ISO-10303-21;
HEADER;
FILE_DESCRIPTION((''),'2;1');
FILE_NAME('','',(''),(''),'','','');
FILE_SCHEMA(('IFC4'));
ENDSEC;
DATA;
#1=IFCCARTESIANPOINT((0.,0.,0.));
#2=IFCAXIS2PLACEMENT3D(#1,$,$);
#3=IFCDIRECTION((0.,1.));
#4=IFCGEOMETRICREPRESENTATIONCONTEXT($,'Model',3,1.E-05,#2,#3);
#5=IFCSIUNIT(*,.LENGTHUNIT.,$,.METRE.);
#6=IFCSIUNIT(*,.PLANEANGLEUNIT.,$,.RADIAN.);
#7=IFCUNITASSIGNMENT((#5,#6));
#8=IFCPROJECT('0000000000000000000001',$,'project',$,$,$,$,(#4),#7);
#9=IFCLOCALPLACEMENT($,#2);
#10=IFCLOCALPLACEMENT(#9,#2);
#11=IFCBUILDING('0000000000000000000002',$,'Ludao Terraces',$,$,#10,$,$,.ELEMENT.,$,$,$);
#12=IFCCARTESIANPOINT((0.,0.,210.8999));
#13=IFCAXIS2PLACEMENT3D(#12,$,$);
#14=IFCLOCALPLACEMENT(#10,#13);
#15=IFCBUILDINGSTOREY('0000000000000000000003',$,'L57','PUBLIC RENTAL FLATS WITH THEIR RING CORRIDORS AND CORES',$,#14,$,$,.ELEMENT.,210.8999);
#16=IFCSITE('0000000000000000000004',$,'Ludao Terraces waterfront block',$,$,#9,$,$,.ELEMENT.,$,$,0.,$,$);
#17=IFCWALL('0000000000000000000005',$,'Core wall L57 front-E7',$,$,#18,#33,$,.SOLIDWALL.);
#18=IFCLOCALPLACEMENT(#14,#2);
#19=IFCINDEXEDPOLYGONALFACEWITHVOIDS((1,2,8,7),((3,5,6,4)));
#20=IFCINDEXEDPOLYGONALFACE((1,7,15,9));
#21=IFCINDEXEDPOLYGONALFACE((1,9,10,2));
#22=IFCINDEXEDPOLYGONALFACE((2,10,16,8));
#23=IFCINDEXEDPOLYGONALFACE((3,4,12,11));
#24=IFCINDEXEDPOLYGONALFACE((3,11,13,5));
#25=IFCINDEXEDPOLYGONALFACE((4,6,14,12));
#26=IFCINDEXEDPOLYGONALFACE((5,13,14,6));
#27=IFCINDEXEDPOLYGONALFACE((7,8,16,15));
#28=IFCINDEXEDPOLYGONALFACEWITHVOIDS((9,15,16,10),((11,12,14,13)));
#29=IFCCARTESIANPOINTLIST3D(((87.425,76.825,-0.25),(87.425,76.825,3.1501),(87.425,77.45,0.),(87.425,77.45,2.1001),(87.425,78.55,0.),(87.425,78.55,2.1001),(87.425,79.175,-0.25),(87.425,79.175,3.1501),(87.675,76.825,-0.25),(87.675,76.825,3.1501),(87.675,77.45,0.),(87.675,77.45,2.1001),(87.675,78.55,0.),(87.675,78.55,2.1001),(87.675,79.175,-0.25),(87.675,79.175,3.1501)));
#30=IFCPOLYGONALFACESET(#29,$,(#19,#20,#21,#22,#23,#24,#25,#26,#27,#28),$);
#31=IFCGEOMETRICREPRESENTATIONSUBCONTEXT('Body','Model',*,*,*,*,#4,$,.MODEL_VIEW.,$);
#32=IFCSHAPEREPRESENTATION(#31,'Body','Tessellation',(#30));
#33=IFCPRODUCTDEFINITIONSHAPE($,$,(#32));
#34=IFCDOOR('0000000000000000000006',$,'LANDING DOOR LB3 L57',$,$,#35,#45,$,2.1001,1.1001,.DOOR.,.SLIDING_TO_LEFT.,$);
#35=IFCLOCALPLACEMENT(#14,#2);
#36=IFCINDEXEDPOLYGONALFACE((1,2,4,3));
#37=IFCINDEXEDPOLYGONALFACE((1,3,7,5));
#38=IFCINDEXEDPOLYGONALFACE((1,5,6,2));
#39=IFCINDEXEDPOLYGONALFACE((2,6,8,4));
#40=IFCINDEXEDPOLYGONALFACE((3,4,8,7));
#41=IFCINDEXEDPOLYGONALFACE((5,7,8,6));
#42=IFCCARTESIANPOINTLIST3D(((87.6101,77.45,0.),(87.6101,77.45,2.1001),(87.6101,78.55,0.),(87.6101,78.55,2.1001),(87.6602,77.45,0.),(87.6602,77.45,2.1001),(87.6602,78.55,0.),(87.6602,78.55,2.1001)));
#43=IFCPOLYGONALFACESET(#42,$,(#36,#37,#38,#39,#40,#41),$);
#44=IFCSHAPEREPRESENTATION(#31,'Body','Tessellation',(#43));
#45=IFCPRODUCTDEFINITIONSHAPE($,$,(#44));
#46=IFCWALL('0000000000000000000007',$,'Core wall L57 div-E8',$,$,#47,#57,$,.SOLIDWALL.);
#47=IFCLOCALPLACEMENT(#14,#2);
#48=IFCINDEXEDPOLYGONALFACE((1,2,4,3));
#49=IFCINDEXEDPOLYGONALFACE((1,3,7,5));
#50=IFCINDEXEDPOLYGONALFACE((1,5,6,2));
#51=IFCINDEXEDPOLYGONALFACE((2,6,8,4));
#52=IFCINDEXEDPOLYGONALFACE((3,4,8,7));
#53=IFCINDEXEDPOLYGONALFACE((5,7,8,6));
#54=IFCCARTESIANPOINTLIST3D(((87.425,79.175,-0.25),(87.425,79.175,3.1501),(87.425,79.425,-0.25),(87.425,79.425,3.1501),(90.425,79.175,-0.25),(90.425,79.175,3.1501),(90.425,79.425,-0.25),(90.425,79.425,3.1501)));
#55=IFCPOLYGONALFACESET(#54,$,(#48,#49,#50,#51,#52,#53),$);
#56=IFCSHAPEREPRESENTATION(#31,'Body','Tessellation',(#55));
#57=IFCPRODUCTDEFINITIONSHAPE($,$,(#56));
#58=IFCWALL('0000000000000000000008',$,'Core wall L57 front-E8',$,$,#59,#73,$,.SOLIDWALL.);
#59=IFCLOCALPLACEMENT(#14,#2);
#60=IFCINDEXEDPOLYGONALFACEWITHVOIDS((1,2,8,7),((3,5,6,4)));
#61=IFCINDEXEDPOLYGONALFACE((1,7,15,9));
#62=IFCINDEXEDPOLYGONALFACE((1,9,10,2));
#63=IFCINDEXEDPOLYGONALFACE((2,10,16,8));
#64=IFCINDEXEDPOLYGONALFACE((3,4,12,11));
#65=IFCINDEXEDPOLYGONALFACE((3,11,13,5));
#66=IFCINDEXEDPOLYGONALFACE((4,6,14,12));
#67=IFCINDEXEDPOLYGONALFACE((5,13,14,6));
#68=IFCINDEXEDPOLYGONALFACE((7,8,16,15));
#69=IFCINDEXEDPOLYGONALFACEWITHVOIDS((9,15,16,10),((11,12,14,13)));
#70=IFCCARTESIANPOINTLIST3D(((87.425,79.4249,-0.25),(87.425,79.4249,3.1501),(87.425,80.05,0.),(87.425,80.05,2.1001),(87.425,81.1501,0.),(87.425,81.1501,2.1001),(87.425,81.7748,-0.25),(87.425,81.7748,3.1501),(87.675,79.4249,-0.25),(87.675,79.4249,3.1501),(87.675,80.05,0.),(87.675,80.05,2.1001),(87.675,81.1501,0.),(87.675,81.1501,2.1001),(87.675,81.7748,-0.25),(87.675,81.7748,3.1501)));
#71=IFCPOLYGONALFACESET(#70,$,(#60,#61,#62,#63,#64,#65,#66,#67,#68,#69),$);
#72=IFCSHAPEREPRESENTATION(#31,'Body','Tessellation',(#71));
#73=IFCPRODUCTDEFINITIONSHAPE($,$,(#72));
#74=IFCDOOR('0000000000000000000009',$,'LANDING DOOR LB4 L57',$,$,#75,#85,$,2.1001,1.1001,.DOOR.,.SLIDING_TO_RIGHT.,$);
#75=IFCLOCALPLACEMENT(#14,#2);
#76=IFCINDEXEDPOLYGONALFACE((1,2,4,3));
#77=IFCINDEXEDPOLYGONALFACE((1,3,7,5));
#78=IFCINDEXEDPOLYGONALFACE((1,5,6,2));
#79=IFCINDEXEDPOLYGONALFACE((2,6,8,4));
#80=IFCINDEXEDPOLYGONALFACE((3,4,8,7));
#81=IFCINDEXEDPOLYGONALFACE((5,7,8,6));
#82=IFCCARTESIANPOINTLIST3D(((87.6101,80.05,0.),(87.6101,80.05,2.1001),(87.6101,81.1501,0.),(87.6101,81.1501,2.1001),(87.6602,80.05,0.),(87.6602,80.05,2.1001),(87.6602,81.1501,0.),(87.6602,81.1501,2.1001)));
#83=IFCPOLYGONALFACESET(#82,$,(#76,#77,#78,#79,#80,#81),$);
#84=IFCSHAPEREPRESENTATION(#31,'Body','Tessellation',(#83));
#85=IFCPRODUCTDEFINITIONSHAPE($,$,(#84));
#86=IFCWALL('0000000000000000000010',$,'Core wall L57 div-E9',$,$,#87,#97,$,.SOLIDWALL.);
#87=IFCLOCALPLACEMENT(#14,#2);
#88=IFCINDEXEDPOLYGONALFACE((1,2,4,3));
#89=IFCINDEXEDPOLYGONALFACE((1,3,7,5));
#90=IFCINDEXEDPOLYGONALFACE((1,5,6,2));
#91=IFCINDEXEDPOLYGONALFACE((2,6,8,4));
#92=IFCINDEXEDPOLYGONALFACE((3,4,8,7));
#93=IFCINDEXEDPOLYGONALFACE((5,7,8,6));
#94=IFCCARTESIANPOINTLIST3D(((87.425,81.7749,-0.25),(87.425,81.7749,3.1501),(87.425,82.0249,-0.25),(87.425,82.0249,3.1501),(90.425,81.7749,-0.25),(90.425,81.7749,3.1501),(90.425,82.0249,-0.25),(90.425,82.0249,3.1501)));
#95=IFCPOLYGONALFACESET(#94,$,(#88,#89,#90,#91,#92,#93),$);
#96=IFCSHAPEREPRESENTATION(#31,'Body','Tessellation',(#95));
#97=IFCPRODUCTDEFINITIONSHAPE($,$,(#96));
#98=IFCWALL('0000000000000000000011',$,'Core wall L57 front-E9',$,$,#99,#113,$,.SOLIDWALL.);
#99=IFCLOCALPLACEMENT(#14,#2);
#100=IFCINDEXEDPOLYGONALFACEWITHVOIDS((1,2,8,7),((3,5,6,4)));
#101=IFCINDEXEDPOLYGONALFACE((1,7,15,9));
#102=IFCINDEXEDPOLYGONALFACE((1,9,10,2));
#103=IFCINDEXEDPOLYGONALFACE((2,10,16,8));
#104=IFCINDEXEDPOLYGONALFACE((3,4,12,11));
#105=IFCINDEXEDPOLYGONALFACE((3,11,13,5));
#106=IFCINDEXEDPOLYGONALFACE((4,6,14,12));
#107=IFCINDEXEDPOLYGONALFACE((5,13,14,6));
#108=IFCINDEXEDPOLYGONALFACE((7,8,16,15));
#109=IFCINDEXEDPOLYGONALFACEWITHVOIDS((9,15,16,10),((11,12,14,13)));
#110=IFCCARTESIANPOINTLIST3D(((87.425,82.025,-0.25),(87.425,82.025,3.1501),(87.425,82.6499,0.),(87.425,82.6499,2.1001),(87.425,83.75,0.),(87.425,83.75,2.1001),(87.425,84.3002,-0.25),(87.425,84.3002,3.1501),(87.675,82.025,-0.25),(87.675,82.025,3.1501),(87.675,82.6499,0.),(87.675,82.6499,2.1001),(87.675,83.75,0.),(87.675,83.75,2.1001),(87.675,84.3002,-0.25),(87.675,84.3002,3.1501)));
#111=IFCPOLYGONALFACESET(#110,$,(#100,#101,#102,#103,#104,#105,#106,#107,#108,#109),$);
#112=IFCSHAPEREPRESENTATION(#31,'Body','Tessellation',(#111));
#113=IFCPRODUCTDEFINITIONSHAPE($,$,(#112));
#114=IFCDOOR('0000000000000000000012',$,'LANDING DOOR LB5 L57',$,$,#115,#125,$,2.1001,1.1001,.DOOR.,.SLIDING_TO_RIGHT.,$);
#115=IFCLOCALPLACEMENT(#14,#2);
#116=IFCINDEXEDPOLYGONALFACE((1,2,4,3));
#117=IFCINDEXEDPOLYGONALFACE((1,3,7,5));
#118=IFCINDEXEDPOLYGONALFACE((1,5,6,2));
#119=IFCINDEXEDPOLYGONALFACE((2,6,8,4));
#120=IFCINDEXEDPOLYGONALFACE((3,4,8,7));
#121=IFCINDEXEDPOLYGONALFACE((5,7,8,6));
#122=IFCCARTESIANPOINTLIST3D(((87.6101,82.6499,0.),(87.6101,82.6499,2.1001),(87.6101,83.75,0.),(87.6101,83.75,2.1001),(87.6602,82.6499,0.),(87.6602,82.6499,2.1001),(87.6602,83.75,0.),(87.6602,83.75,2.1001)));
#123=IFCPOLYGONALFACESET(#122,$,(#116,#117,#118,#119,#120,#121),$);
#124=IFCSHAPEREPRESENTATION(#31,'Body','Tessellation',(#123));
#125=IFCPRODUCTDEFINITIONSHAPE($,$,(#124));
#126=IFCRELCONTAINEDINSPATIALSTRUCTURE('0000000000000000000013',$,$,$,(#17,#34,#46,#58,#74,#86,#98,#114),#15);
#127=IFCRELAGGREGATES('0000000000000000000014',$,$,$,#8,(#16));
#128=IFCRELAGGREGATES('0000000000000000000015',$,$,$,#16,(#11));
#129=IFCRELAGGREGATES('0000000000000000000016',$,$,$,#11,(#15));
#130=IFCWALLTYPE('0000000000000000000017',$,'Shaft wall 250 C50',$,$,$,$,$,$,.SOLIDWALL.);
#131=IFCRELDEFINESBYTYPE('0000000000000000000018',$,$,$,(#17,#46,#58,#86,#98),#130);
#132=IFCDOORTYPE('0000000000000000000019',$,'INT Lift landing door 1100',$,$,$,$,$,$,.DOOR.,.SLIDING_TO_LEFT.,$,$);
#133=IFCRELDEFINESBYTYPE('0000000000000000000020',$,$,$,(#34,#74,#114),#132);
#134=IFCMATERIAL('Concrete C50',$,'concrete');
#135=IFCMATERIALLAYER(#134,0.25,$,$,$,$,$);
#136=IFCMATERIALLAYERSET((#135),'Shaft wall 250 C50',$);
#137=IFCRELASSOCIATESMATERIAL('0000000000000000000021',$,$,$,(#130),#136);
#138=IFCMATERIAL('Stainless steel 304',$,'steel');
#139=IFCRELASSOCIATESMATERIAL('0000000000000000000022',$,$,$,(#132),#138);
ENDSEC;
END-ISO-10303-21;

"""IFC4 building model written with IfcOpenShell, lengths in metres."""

from ifc_helpers import new_model, si_unit, direction, frame, frame_2d, origin, place, context, subcontext, project, spatial, rectangle, extrude, material, layer, layer_set, type_object, element, fill, save


model = new_model("IFC4")

# Units and contexts
model_context = context("Model", 3, precision=1e-05, world=origin(), true_north=direction((0.0, 1.0)))
body_context = subcontext(model_context, "Body", "Model", "MODEL_VIEW")
ifc_project = project(units=[si_unit("LENGTHUNIT", "METRE"), si_unit("PLANEANGLEUNIT", "RADIAN")], contexts=[model_context])

# Site, building, storey
site_placement = place(None, origin())
site = spatial("IfcSite", under=ifc_project, at=site_placement, Name="Ludao Terraces waterfront block", CompositionType="ELEMENT", RefElevation=0.0)
building_placement = place(site_placement, origin())
building = spatial("IfcBuilding", under=site, at=building_placement, Name="Ludao Terraces", CompositionType="ELEMENT")
storey_placement = place(building_placement, frame((0.0, 0.0, 210.8999)))
storey = spatial("IfcBuildingStorey", under=building, at=storey_placement, Name="L57", Description="PUBLIC RENTAL FLATS WITH THEIR RING CORRIDORS AND CORES", CompositionType="ELEMENT", Elevation=210.8999)

# Wall, opening, door
ifc_material_1 = material(Name="Concrete C50", Category="concrete")
ifc_layer_1 = layer(ifc_material_1, 0.25)
ifc_layer_set_1 = layer_set([ifc_layer_1], Name="Shaft wall 250 C50")
wall_type_1 = type_object("IfcWallType", Name="Shaft wall 250 C50", PredefinedType="SOLIDWALL", material=ifc_layer_set_1)
ifc_material_2 = material(Name="Stainless steel 304", Category="steel")
door_type_1 = type_object("IfcDoorType", Name="INT Lift landing door 1100", OperationType="SLIDING_TO_LEFT", PredefinedType="DOOR", material=ifc_material_2)
wall_1_placement = place(storey_placement, frame((87.55, 76.825, -0.25), z_axis=(0.0, 0.0, 1.0), x_axis=(0.0, 1.0, 0.0)))
wall_1 = element("IfcWall", 1, at=wall_1_placement, inside=storey, type_object=wall_type_1, Name="Core wall L57 front-E7", PredefinedType="SOLIDWALL", context=body_context, shape_type="SweptSolid", body=[
    extrude(rectangle(XDim=2.3501, YDim=0.25, at=frame_2d((1.175, 0.0))), origin(), (0.0, 0.0, 1.0), 3.4001),
])
opening_1_placement = place(wall_1_placement, frame((0.625, 0.0, 0.25)))
opening_1 = element("IfcOpeningElement", 2, at=opening_1_placement, cuts=wall_1, PredefinedType="OPENING", context=body_context, shape_type="SweptSolid", body=[
    extrude(rectangle(XDim=1.1001, YDim=2.1001, at=frame_2d((0.55, 1.05))), frame((0.0, 0.135, 0.0), z_axis=(0.0, -1.0, 0.0), x_axis=(1.0, 0.0, 0.0)), (0.0, 0.0, 1.0), 0.27),
])
door_1_placement = place(opening_1_placement, origin())
door_1 = element("IfcDoor", 3, at=door_1_placement, inside=storey, type_object=door_type_1, Name="LANDING DOOR LB3 L57", OperationType="SLIDING_TO_LEFT", OverallHeight=2.1001, OverallWidth=1.1001, PredefinedType="DOOR", context=body_context, shape_type="SweptSolid", body=[
    extrude(rectangle(XDim=1.1001, YDim=2.1001, at=frame_2d((0.55, 1.05))), frame((0.0, -0.0601, 0.0), z_axis=(0.0, -1.0, 0.0), x_axis=(1.0, 0.0, 0.0)), (0.0, 0.0, 1.0), 0.05),
])
fill(opening_1, door_1)

# Wall
wall_2_placement = place(storey_placement, frame((87.425, 79.3, -0.25), z_axis=(0.0, 0.0, 1.0), x_axis=(1.0, 0.0, 0.0)))
element("IfcWall", 4, at=wall_2_placement, inside=storey, type_object=wall_type_1, Name="Core wall L57 div-E8", PredefinedType="SOLIDWALL", context=body_context, shape_type="SweptSolid", body=[
    extrude(rectangle(XDim=3.0, YDim=0.25, at=frame_2d((1.5, 0.0))), origin(), (0.0, 0.0, 1.0), 3.4001),
])

# Wall, opening, door
wall_3_placement = place(storey_placement, frame((87.55, 79.425, -0.25), z_axis=(0.0, 0.0, 1.0), x_axis=(0.0, 1.0, 0.0)))
wall_3 = element("IfcWall", 5, at=wall_3_placement, inside=storey, type_object=wall_type_1, Name="Core wall L57 front-E8", PredefinedType="SOLIDWALL", context=body_context, shape_type="SweptSolid", body=[
    extrude(rectangle(XDim=2.3499, YDim=0.25, at=frame_2d((1.1748, 0.0))), origin(), (0.0, 0.0, 1.0), 3.4001),
])
opening_2_placement = place(wall_3_placement, frame((0.625, 0.0, 0.25)))
opening_2 = element("IfcOpeningElement", 6, at=opening_2_placement, cuts=wall_3, PredefinedType="OPENING", context=body_context, shape_type="SweptSolid", body=[
    extrude(rectangle(XDim=1.1001, YDim=2.1001, at=frame_2d((0.55, 1.05))), frame((0.0, 0.135, 0.0), z_axis=(0.0, -1.0, 0.0), x_axis=(1.0, 0.0, 0.0)), (0.0, 0.0, 1.0), 0.27),
])
door_2_placement = place(opening_2_placement, origin())
door_2 = element("IfcDoor", 7, at=door_2_placement, inside=storey, type_object=door_type_1, Name="LANDING DOOR LB4 L57", OperationType="SLIDING_TO_RIGHT", OverallHeight=2.1001, OverallWidth=1.1001, PredefinedType="DOOR", context=body_context, shape_type="SweptSolid", body=[
    extrude(rectangle(XDim=1.1001, YDim=2.1001, at=frame_2d((0.55, 1.05))), frame((0.0, -0.0601, 0.0), z_axis=(0.0, -1.0, 0.0), x_axis=(1.0, 0.0, 0.0)), (0.0, 0.0, 1.0), 0.05),
])
fill(opening_2, door_2)

# Wall
wall_4_placement = place(storey_placement, frame((87.425, 81.8999, -0.25), z_axis=(0.0, 0.0, 1.0), x_axis=(1.0, 0.0, 0.0)))
element("IfcWall", 8, at=wall_4_placement, inside=storey, type_object=wall_type_1, Name="Core wall L57 div-E9", PredefinedType="SOLIDWALL", context=body_context, shape_type="SweptSolid", body=[
    extrude(rectangle(XDim=3.0, YDim=0.25, at=frame_2d((1.5, 0.0))), origin(), (0.0, 0.0, 1.0), 3.4001),
])

# Wall, opening, door
wall_5_placement = place(storey_placement, frame((87.55, 82.0249, -0.25), z_axis=(0.0, 0.0, 1.0), x_axis=(0.0, 1.0, 0.0)))
wall_5 = element("IfcWall", 9, at=wall_5_placement, inside=storey, type_object=wall_type_1, Name="Core wall L57 front-E9", PredefinedType="SOLIDWALL", context=body_context, shape_type="SweptSolid", body=[
    extrude(rectangle(XDim=2.2751, YDim=0.25, at=frame_2d((1.1377, 0.0))), origin(), (0.0, 0.0, 1.0), 3.4001),
])
opening_3_placement = place(wall_5_placement, frame((0.625, 0.0, 0.25)))
opening_3 = element("IfcOpeningElement", 10, at=opening_3_placement, cuts=wall_5, PredefinedType="OPENING", context=body_context, shape_type="SweptSolid", body=[
    extrude(rectangle(XDim=1.1001, YDim=2.1001, at=frame_2d((0.55, 1.05))), frame((0.0, 0.135, 0.0), z_axis=(0.0, -1.0, 0.0), x_axis=(1.0, 0.0, 0.0)), (0.0, 0.0, 1.0), 0.27),
])
door_3_placement = place(opening_3_placement, origin())
door_3 = element("IfcDoor", 11, at=door_3_placement, inside=storey, type_object=door_type_1, Name="LANDING DOOR LB5 L57", OperationType="SLIDING_TO_RIGHT", OverallHeight=2.1001, OverallWidth=1.1001, PredefinedType="DOOR", context=body_context, shape_type="SweptSolid", body=[
    extrude(rectangle(XDim=1.1001, YDim=2.1001, at=frame_2d((0.55, 1.05))), frame((0.0, -0.0601, 0.0), z_axis=(0.0, -1.0, 0.0), x_axis=(1.0, 0.0, 0.0)), (0.0, 0.0, 1.0), 0.05),
])
fill(opening_3, door_3)

save(model, "model.ifc")
